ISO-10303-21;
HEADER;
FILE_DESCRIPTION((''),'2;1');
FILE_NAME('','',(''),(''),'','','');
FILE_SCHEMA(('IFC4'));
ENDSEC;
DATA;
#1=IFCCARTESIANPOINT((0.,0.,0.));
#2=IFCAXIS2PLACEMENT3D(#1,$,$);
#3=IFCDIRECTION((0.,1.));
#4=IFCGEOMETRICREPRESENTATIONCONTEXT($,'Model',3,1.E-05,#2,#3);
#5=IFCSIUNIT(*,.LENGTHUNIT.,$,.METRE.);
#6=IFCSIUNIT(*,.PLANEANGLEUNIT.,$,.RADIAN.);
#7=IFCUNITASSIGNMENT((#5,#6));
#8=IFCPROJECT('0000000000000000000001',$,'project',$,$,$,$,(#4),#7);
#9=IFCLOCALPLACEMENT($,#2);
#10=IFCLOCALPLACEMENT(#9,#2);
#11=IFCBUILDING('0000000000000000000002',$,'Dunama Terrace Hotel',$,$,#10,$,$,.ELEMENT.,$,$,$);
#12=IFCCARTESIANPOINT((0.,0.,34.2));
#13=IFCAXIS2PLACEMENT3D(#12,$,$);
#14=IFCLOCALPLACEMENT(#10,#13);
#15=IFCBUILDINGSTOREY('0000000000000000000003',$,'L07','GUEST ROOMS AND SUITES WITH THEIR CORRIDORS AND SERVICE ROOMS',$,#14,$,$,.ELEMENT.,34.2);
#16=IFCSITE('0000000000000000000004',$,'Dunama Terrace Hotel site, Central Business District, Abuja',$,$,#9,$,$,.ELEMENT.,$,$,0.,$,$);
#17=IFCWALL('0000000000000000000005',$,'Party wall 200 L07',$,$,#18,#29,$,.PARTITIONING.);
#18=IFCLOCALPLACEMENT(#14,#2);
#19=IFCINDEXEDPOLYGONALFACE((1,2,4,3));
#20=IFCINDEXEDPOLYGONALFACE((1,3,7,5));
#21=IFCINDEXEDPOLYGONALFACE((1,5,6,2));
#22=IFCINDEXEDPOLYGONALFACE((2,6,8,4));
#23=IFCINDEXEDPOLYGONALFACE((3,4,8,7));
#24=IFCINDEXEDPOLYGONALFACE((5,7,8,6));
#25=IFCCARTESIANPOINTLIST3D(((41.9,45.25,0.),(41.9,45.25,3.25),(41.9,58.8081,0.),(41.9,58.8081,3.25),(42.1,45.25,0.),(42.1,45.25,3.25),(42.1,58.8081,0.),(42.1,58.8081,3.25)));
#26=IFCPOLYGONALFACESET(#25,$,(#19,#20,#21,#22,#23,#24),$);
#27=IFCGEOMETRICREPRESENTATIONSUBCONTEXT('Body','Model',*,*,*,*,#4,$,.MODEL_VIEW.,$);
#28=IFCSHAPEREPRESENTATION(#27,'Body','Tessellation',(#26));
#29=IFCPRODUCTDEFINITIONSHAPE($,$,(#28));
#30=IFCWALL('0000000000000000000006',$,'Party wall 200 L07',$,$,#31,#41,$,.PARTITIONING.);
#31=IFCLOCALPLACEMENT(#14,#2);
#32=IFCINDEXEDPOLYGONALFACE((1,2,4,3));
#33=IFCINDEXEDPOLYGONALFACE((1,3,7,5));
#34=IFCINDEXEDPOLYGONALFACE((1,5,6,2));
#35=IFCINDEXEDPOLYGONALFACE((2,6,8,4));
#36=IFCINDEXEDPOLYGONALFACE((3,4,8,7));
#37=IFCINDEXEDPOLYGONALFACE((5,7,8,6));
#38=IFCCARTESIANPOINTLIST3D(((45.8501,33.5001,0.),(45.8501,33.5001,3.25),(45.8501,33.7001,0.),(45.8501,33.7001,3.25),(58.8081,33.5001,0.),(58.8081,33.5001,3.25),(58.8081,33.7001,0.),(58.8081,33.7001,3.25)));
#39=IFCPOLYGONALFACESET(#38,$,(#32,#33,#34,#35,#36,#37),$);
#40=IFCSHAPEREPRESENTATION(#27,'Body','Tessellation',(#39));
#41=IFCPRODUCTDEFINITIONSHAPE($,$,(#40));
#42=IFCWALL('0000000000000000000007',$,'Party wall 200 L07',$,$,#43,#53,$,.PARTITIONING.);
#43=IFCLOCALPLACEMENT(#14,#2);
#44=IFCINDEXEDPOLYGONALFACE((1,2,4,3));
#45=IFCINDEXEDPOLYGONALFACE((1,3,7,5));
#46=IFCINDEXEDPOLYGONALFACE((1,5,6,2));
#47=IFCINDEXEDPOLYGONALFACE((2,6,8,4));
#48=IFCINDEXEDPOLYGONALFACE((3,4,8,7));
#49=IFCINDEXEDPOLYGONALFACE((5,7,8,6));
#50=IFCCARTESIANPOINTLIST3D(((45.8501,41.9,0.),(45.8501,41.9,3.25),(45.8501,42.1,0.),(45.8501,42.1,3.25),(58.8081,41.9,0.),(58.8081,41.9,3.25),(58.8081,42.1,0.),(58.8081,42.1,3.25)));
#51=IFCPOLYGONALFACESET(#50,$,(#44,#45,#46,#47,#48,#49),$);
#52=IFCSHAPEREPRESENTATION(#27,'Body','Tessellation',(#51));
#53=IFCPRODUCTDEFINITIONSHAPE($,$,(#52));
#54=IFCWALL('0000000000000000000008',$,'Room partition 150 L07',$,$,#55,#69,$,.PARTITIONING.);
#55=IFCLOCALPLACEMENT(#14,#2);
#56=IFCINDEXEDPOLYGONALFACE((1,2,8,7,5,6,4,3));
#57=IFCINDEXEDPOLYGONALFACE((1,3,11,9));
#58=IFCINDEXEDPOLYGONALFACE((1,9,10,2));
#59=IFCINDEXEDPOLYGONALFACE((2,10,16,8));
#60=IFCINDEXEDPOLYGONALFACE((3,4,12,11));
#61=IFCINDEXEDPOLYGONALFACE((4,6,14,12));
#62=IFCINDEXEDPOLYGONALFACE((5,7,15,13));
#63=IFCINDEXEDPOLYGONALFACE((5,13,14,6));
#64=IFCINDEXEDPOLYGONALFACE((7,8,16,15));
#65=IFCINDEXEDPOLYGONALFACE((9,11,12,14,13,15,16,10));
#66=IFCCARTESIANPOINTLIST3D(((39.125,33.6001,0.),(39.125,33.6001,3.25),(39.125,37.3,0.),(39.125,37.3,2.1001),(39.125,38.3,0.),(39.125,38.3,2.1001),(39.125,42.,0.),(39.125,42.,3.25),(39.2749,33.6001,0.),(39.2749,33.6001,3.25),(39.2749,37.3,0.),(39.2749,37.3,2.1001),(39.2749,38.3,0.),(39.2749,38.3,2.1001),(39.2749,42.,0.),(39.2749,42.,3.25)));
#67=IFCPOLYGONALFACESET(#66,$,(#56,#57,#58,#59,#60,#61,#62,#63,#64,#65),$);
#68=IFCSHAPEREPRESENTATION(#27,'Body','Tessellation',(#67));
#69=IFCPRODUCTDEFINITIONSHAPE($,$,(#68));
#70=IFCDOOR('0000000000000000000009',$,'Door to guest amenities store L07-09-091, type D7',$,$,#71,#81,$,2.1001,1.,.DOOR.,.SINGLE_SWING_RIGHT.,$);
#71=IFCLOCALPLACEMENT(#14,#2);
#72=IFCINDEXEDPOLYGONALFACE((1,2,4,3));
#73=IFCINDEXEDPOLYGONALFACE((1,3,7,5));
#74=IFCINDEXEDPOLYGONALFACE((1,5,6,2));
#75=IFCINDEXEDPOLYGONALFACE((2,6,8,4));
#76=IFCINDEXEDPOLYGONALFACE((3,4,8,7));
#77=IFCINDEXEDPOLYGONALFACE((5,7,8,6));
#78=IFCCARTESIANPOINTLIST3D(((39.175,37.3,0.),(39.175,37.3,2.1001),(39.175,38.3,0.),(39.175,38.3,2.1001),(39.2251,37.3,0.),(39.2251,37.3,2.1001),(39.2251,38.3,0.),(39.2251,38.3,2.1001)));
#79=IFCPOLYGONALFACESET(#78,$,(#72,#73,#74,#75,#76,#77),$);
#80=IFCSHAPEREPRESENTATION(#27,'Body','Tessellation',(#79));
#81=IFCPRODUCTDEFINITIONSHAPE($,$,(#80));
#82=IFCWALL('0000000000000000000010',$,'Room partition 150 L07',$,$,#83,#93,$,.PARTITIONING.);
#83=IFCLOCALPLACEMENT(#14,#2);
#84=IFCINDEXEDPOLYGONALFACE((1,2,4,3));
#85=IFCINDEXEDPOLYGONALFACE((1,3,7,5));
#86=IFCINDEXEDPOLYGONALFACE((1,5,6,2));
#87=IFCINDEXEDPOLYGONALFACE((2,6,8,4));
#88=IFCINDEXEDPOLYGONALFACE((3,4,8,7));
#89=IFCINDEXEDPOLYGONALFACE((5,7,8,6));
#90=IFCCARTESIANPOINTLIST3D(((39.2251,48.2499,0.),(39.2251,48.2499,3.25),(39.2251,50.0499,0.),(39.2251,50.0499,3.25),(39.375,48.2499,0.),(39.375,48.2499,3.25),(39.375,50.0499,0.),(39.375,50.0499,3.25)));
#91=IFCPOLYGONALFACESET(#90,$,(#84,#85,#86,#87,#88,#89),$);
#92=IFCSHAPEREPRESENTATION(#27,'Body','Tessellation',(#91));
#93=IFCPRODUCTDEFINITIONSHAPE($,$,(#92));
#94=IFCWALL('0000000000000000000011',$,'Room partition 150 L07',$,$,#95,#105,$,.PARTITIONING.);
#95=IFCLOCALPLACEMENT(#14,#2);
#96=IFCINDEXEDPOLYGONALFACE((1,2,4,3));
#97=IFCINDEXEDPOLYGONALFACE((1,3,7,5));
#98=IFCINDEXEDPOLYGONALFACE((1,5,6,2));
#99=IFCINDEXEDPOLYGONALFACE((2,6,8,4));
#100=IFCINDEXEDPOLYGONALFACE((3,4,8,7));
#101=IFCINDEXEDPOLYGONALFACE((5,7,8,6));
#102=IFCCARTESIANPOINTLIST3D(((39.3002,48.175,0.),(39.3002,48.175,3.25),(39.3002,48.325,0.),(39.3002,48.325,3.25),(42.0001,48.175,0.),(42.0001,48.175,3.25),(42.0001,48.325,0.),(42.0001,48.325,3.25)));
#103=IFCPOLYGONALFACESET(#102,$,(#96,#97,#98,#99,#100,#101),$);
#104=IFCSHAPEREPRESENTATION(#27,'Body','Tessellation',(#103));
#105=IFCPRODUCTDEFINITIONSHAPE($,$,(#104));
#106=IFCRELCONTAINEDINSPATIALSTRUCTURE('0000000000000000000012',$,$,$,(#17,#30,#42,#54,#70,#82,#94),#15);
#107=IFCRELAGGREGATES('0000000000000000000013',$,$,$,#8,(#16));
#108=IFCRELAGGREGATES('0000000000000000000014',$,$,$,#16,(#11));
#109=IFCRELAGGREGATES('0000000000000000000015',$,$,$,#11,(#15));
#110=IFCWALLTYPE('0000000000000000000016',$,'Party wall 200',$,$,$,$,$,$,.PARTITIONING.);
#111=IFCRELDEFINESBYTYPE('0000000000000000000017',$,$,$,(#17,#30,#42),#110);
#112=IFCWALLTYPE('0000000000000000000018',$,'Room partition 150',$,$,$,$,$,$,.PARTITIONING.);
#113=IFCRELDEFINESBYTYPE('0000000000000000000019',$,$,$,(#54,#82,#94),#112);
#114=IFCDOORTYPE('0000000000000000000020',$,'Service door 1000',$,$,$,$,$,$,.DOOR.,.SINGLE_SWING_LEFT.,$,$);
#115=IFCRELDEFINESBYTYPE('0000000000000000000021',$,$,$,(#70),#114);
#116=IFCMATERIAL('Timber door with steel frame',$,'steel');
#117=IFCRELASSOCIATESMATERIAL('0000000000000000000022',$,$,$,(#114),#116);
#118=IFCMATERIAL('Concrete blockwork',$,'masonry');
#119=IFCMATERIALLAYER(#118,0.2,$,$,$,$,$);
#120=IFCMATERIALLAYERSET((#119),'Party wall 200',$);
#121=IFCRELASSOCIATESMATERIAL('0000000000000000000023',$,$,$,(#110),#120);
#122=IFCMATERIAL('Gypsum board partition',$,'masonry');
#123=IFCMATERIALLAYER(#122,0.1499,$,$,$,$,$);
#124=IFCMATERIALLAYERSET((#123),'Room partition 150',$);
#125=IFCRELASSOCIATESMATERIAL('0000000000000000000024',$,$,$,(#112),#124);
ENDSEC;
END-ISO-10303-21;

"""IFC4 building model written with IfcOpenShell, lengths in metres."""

from ifc_helpers import new_model, si_unit, direction, frame, frame_2d, origin, place, context, subcontext, project, spatial, rectangle, extrude, material, layer, layer_set, type_object, element, fill, save


model = new_model("IFC4")

# Units and contexts
model_context = context("Model", 3, precision=1e-05, world=origin(), true_north=direction((0.0, 1.0)))
body_context = subcontext(model_context, "Body", "Model", "MODEL_VIEW")
ifc_project = project(units=[si_unit("LENGTHUNIT", "METRE"), si_unit("PLANEANGLEUNIT", "RADIAN")], contexts=[model_context])

# Site, building, storey
site_placement = place(None, origin())
site = spatial("IfcSite", under=ifc_project, at=site_placement, Name="Dunama Terrace Hotel site, Central Business District, Abuja", CompositionType="ELEMENT", RefElevation=0.0)
building_placement = place(site_placement, origin())
building = spatial("IfcBuilding", under=site, at=building_placement, Name="Dunama Terrace Hotel", CompositionType="ELEMENT")
storey_placement = place(building_placement, frame((0.0, 0.0, 34.2)))
storey = spatial("IfcBuildingStorey", under=building, at=storey_placement, Name="L07", Description="GUEST ROOMS AND SUITES WITH THEIR CORRIDORS AND SERVICE ROOMS", CompositionType="ELEMENT", Elevation=34.2)

# Shared definitions
ifc_material_1 = material(Name="Timber door with steel frame", Category="steel")
door_type_1 = type_object("IfcDoorType", Name="Service door 1000", OperationType="SINGLE_SWING_LEFT", PredefinedType="DOOR", material=ifc_material_1)

# Walls
ifc_material_2 = material(Name="Concrete blockwork", Category="masonry")
ifc_layer_1 = layer(ifc_material_2, 0.2)
ifc_layer_set_1 = layer_set([ifc_layer_1], Name="Party wall 200")
wall_type_1 = type_object("IfcWallType", Name="Party wall 200", PredefinedType="PARTITIONING", material=ifc_layer_set_1)
wall_1_placement = place(storey_placement, frame((42.0, 45.25, 0.0), z_axis=(0.0, 0.0, 1.0), x_axis=(0.0, 1.0, 0.0)))
element("IfcWall", 1, at=wall_1_placement, inside=storey, type_object=wall_type_1, Name="Party wall 200 L07", PredefinedType="PARTITIONING", context=body_context, shape_type="SweptSolid", body=[
    extrude(rectangle(XDim=13.5581, YDim=0.2, at=frame_2d((6.7791, 0.0))), origin(), (0.0, 0.0, 1.0), 3.25),
])
for number, where, z_axis, x_axis, name in (
    (2, (45.8501, 33.6001, 0.0), (0.0, 0.0, 1.0), (1.0, 0.0, 0.0), "Party wall 200 L07"),
    (3, (45.8501, 42.0, 0.0), (0.0, 0.0, 1.0), (1.0, 0.0, 0.0), "Party wall 200 L07"),
):
    element("IfcWall", number, at=place(storey_placement, frame(where, z_axis=z_axis, x_axis=x_axis)), inside=storey, type_object=wall_type_1, Name=name, PredefinedType="PARTITIONING", context=body_context, shape_type="SweptSolid", body=[
        extrude(rectangle(XDim=12.958, YDim=0.2, at=frame_2d((6.479, 0.0))), origin(), (0.0, 0.0, 1.0), 3.25),
    ])

# Wall, opening, door
ifc_material_3 = material(Name="Gypsum board partition", Category="masonry")
ifc_layer_2 = layer(ifc_material_3, 0.1499)
ifc_layer_set_2 = layer_set([ifc_layer_2], Name="Room partition 150")
wall_type_2 = type_object("IfcWallType", Name="Room partition 150", PredefinedType="PARTITIONING", material=ifc_layer_set_2)
wall_2_placement = place(storey_placement, frame((39.2, 33.6001, 0.0), z_axis=(0.0, 0.0, 1.0), x_axis=(0.0, 1.0, 0.0)))
wall_2 = element("IfcWall", 4, at=wall_2_placement, inside=storey, type_object=wall_type_2, Name="Room partition 150 L07", PredefinedType="PARTITIONING", context=body_context, shape_type="SweptSolid", body=[
    extrude(rectangle(XDim=8.3999, YDim=0.1499, at=frame_2d((4.2, 0.0))), origin(), (0.0, 0.0, 1.0), 3.25),
])
opening_1_placement = place(wall_2_placement, frame((3.7, 0.0, 0.0)))
opening_1 = element("IfcOpeningElement", 5, at=opening_1_placement, cuts=wall_2, PredefinedType="OPENING", context=body_context, shape_type="SweptSolid", body=[
    extrude(rectangle(XDim=1.0, YDim=2.1001, at=frame_2d((0.5, 1.05))), frame((0.0, 0.085, 0.0), z_axis=(0.0, -1.0, 0.0), x_axis=(1.0, 0.0, 0.0)), (0.0, 0.0, 1.0), 0.1699),
])
door_1_placement = place(opening_1_placement, frame((1.0, 0.0, 0.0), z_axis=(0.0, 0.0, 1.0), x_axis=(-1.0, 0.0, 0.0)))
door_1 = element("IfcDoor", 6, at=door_1_placement, inside=storey, type_object=door_type_1, Name="Door to guest amenities store L07-09-091, type D7", OperationType="SINGLE_SWING_RIGHT", OverallHeight=2.1001, OverallWidth=1.0, PredefinedType="DOOR", context=body_context, shape_type="SweptSolid", body=[
    extrude(rectangle(XDim=1.0, YDim=2.1001, at=frame_2d((0.5, 1.05))), frame((0.0, 0.0251, 0.0), z_axis=(0.0, -1.0, 0.0), x_axis=(1.0, 0.0, 0.0)), (0.0, 0.0, 1.0), 0.05),
])
fill(opening_1, door_1)

# Walls
wall_3_placement = place(storey_placement, frame((39.3, 48.25, 0.0), z_axis=(0.0, 0.0, 1.0), x_axis=(0.0, 1.0, 0.0)))
element("IfcWall", 7, at=wall_3_placement, inside=storey, type_object=wall_type_2, Name="Room partition 150 L07", PredefinedType="PARTITIONING", context=body_context, shape_type="SweptSolid", body=[
    extrude(rectangle(XDim=1.8, YDim=0.1499, at=frame_2d((0.8999, 0.0))), origin(), (0.0, 0.0, 1.0), 3.25),
])
wall_4_placement = place(storey_placement, frame((39.3, 48.25, 0.0), z_axis=(0.0, 0.0, 1.0), x_axis=(1.0, 0.0, 0.0)))
element("IfcWall", 8, at=wall_4_placement, inside=storey, type_object=wall_type_2, Name="Room partition 150 L07", PredefinedType="PARTITIONING", context=body_context, shape_type="SweptSolid", body=[
    extrude(rectangle(XDim=2.7, YDim=0.1499, at=frame_2d((1.3501, 0.0))), origin(), (0.0, 0.0, 1.0), 3.25),
])

save(model, "model.ifc")
